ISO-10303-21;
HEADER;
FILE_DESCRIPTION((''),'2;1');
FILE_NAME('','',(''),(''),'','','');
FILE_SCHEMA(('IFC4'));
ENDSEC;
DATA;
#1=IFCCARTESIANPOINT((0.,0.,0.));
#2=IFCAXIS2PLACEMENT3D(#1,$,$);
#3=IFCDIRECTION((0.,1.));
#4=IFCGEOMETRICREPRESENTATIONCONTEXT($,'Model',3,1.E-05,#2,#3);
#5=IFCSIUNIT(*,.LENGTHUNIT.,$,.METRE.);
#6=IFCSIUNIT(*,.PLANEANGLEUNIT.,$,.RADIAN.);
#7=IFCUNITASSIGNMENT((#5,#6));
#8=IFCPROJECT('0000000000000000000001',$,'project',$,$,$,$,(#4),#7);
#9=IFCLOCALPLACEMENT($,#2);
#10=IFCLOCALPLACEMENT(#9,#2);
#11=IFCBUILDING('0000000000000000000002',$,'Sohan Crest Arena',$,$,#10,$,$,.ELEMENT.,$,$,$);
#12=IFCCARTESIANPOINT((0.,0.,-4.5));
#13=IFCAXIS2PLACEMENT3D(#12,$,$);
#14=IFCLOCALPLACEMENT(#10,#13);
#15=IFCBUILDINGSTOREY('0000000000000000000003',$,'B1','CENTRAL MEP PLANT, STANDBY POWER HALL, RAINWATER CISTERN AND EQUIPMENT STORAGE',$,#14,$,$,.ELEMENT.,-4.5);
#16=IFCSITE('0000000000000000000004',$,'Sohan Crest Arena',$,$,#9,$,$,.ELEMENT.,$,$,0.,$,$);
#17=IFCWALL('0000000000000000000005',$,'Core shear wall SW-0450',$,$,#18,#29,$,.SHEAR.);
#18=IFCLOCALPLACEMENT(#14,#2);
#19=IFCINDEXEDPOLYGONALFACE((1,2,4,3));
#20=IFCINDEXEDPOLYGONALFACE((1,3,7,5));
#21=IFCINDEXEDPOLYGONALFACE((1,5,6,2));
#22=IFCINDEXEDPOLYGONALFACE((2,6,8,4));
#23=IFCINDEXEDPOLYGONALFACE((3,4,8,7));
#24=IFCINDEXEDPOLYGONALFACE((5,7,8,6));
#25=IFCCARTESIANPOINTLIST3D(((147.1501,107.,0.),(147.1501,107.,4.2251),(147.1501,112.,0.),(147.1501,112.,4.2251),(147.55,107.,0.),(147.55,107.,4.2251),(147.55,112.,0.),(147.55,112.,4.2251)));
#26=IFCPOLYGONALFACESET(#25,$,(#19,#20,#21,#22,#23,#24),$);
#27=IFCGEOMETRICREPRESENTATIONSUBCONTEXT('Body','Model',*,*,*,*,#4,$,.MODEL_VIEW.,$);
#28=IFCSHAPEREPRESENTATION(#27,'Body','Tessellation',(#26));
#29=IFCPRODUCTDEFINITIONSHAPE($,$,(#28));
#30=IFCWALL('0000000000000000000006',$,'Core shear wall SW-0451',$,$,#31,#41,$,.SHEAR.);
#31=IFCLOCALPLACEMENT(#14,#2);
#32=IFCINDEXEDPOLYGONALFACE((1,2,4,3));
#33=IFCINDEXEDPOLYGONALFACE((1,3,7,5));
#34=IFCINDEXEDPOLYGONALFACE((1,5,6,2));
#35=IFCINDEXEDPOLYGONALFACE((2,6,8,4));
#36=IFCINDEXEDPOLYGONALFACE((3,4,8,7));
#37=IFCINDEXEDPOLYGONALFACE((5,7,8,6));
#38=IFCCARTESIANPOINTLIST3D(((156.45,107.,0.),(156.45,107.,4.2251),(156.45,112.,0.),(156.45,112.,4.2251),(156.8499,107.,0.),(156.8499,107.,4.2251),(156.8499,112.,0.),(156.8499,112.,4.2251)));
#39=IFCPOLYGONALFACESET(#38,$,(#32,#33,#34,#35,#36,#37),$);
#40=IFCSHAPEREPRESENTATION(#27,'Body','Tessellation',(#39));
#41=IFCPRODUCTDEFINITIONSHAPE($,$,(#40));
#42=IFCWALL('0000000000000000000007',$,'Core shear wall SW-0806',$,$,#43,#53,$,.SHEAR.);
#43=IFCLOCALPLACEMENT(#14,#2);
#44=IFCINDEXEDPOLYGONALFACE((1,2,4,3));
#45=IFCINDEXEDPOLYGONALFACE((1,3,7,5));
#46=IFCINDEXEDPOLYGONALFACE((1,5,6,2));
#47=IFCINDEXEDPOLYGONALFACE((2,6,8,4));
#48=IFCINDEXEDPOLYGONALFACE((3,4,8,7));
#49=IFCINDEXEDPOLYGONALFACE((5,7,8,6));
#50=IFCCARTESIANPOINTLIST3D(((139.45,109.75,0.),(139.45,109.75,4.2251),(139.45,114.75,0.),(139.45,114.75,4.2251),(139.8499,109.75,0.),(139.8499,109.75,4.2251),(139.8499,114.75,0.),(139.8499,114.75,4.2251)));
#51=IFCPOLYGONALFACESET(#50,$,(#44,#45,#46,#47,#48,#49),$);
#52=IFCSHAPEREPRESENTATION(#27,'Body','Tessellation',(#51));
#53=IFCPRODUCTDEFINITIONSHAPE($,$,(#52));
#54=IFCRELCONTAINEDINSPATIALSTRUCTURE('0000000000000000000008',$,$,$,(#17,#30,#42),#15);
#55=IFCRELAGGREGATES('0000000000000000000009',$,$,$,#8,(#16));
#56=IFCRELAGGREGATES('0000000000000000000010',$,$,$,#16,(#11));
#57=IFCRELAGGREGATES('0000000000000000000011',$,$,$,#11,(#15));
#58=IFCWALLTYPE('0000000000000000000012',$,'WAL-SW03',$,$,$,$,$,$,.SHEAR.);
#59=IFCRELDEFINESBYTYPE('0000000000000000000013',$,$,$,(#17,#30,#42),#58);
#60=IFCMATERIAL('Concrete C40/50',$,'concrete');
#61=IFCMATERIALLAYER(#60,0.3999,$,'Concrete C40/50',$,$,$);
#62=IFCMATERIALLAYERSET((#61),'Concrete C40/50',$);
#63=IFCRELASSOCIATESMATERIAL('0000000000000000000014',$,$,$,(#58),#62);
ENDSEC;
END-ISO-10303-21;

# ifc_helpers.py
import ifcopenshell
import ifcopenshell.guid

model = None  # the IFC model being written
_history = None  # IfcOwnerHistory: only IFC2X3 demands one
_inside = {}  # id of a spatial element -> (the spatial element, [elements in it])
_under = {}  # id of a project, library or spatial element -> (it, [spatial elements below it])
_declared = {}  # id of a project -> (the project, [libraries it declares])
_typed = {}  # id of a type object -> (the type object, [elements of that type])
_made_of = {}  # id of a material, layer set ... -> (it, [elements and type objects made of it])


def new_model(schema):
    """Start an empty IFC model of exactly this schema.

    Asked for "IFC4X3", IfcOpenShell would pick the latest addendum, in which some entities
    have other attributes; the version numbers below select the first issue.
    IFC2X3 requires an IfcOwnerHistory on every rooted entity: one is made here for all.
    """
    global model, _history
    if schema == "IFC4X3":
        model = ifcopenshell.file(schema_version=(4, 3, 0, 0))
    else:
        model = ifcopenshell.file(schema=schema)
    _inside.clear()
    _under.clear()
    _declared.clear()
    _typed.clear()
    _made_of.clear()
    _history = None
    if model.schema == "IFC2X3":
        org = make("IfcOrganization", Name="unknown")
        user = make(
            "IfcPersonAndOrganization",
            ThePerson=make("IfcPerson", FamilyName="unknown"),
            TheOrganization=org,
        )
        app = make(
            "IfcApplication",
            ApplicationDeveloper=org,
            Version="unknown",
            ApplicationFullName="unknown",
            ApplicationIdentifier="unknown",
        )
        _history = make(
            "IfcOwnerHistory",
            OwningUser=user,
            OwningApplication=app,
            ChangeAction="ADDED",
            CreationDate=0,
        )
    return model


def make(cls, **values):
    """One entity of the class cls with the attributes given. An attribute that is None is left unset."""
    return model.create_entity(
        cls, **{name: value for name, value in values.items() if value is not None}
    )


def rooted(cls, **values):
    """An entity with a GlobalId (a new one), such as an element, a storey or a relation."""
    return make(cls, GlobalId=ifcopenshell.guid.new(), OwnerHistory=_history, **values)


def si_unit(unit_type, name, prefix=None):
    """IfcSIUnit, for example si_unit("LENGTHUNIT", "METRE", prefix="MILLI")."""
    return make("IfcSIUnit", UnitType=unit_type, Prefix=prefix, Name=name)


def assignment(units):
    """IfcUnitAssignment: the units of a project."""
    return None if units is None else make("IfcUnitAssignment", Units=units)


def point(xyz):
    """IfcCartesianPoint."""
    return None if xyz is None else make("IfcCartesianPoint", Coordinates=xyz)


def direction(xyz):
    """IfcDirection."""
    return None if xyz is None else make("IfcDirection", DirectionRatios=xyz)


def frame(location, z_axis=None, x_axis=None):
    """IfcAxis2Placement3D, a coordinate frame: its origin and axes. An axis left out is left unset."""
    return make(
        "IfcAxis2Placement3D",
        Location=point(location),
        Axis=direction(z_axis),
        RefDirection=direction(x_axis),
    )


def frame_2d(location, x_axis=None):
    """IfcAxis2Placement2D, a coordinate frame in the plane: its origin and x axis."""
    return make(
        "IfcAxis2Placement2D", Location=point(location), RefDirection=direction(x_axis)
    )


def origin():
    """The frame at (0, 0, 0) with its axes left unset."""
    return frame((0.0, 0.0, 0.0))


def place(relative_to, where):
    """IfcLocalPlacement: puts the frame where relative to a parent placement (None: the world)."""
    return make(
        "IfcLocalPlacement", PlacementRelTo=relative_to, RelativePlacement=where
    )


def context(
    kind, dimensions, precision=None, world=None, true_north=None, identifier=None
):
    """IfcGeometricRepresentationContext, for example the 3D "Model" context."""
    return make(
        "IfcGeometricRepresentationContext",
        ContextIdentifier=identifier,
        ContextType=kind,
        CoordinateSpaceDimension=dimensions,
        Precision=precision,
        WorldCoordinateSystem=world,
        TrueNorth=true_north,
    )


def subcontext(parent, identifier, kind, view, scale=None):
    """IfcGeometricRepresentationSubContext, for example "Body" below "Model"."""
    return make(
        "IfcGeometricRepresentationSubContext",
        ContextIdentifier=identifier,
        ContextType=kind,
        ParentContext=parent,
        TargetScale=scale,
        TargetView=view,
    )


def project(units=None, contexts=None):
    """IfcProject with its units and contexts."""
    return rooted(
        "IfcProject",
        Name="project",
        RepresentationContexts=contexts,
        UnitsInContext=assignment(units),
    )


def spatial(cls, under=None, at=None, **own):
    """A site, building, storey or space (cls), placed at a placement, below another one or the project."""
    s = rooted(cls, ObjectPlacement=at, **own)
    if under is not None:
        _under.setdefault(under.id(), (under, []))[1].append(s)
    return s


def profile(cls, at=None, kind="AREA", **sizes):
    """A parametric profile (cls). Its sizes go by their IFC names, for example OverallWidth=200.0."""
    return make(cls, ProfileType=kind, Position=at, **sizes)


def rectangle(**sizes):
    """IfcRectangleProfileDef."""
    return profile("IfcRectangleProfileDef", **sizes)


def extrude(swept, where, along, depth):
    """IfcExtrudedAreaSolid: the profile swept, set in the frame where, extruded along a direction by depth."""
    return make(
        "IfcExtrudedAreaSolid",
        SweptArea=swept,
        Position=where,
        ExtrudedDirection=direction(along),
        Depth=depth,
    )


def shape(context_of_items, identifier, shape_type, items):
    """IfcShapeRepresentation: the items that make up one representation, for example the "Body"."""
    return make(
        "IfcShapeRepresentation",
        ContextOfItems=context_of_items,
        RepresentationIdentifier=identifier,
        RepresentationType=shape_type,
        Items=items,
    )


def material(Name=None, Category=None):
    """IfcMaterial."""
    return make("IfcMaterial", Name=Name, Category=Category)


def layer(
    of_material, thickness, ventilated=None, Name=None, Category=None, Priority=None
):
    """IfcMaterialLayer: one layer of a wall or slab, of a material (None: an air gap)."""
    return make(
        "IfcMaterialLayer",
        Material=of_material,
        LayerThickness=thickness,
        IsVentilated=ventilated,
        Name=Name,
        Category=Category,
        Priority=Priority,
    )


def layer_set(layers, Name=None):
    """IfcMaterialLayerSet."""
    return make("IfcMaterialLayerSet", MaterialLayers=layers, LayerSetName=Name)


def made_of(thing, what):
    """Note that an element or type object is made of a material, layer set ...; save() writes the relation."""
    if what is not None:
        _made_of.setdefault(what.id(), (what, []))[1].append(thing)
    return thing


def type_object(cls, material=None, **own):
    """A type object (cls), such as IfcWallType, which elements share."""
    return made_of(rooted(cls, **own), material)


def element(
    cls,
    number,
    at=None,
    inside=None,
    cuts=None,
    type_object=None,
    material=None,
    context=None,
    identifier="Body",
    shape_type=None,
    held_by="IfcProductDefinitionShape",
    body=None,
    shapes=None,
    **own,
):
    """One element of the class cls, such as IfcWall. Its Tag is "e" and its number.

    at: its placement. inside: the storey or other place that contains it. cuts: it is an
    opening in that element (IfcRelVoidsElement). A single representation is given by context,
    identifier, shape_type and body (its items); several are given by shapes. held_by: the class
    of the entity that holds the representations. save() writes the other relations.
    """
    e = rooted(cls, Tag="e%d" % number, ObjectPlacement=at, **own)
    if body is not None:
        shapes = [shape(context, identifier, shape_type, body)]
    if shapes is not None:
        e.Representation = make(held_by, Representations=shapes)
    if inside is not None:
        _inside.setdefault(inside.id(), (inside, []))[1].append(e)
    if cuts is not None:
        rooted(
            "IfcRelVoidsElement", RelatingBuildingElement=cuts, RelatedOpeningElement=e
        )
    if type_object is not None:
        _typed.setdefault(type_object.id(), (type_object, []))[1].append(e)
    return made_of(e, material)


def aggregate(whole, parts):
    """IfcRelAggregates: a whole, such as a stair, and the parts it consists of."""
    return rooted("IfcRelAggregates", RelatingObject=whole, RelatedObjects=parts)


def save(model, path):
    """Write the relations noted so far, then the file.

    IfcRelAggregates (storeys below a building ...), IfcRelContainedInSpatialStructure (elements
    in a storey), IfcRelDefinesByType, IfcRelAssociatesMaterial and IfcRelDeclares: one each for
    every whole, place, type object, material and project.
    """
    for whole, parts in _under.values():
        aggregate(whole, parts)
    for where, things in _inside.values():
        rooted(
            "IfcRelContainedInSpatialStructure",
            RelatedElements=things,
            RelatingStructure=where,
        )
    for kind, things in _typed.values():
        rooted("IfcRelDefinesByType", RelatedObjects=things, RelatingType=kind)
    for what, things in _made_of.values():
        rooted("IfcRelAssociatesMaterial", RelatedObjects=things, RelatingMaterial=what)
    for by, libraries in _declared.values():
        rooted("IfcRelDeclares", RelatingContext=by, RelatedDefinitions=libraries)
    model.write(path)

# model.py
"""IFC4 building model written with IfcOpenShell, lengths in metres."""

from ifc_helpers import new_model, si_unit, direction, frame, frame_2d, origin, place, context, subcontext, project, spatial, rectangle, extrude, material, layer, layer_set, type_object, element, save


model = new_model("IFC4")

# Units and contexts
model_context = context("Model", 3, precision=1e-05, world=origin(), true_north=direction((0.0, 1.0)))
body_context = subcontext(model_context, "Body", "Model", "MODEL_VIEW")
ifc_project = project(units=[si_unit("LENGTHUNIT", "METRE"), si_unit("PLANEANGLEUNIT", "RADIAN")], contexts=[model_context])

# Site, building, storey
site_placement = place(None, origin())
site = spatial("IfcSite", under=ifc_project, at=site_placement, Name="Sohan Crest Arena", CompositionType="ELEMENT", RefElevation=0.0)
building_placement = place(site_placement, origin())
building = spatial("IfcBuilding", under=site, at=building_placement, Name="Sohan Crest Arena", CompositionType="ELEMENT")
storey_placement = place(building_placement, frame((0.0, 0.0, -4.5)))
storey = spatial("IfcBuildingStorey", under=building, at=storey_placement, Name="B1", Description="CENTRAL MEP PLANT, STANDBY POWER HALL, RAINWATER CISTERN AND EQUIPMENT STORAGE", CompositionType="ELEMENT", Elevation=-4.5)

# Shared definitions
ifc_material_1 = material(Name="Concrete C40/50", Category="concrete")

# Walls
ifc_layer_1 = layer(ifc_material_1, 0.3999, Name="Concrete C40/50")
ifc_layer_set_1 = layer_set([ifc_layer_1], Name="Concrete C40/50")
wall_type_1 = type_object("IfcWallType", Name="WAL-SW03", PredefinedType="SHEAR", material=ifc_layer_set_1)
for number, where, z_axis, x_axis, name in (
    (1, (147.3501, 107.0, 0.0), (0.0, 0.0, 1.0), (0.0, 1.0, 0.0), "Core shear wall SW-0450"),
    (2, (156.6499, 107.0, 0.0), (0.0, 0.0, 1.0), (0.0, 1.0, 0.0), "Core shear wall SW-0451"),
    (3, (139.6499, 109.75, 0.0), (0.0, 0.0, 1.0), (0.0, 1.0, 0.0), "Core shear wall SW-0806"),
):
    element("IfcWall", number, at=place(storey_placement, frame(where, z_axis=z_axis, x_axis=x_axis)), inside=storey, type_object=wall_type_1, Name=name, PredefinedType="SHEAR", context=body_context, shape_type="SweptSolid", body=[
        extrude(rectangle(XDim=5.0, YDim=0.3999, at=frame_2d((2.5, 0.0))), origin(), (0.0, 0.0, 1.0), 4.2251),
    ])

save(model, "model.ifc")
